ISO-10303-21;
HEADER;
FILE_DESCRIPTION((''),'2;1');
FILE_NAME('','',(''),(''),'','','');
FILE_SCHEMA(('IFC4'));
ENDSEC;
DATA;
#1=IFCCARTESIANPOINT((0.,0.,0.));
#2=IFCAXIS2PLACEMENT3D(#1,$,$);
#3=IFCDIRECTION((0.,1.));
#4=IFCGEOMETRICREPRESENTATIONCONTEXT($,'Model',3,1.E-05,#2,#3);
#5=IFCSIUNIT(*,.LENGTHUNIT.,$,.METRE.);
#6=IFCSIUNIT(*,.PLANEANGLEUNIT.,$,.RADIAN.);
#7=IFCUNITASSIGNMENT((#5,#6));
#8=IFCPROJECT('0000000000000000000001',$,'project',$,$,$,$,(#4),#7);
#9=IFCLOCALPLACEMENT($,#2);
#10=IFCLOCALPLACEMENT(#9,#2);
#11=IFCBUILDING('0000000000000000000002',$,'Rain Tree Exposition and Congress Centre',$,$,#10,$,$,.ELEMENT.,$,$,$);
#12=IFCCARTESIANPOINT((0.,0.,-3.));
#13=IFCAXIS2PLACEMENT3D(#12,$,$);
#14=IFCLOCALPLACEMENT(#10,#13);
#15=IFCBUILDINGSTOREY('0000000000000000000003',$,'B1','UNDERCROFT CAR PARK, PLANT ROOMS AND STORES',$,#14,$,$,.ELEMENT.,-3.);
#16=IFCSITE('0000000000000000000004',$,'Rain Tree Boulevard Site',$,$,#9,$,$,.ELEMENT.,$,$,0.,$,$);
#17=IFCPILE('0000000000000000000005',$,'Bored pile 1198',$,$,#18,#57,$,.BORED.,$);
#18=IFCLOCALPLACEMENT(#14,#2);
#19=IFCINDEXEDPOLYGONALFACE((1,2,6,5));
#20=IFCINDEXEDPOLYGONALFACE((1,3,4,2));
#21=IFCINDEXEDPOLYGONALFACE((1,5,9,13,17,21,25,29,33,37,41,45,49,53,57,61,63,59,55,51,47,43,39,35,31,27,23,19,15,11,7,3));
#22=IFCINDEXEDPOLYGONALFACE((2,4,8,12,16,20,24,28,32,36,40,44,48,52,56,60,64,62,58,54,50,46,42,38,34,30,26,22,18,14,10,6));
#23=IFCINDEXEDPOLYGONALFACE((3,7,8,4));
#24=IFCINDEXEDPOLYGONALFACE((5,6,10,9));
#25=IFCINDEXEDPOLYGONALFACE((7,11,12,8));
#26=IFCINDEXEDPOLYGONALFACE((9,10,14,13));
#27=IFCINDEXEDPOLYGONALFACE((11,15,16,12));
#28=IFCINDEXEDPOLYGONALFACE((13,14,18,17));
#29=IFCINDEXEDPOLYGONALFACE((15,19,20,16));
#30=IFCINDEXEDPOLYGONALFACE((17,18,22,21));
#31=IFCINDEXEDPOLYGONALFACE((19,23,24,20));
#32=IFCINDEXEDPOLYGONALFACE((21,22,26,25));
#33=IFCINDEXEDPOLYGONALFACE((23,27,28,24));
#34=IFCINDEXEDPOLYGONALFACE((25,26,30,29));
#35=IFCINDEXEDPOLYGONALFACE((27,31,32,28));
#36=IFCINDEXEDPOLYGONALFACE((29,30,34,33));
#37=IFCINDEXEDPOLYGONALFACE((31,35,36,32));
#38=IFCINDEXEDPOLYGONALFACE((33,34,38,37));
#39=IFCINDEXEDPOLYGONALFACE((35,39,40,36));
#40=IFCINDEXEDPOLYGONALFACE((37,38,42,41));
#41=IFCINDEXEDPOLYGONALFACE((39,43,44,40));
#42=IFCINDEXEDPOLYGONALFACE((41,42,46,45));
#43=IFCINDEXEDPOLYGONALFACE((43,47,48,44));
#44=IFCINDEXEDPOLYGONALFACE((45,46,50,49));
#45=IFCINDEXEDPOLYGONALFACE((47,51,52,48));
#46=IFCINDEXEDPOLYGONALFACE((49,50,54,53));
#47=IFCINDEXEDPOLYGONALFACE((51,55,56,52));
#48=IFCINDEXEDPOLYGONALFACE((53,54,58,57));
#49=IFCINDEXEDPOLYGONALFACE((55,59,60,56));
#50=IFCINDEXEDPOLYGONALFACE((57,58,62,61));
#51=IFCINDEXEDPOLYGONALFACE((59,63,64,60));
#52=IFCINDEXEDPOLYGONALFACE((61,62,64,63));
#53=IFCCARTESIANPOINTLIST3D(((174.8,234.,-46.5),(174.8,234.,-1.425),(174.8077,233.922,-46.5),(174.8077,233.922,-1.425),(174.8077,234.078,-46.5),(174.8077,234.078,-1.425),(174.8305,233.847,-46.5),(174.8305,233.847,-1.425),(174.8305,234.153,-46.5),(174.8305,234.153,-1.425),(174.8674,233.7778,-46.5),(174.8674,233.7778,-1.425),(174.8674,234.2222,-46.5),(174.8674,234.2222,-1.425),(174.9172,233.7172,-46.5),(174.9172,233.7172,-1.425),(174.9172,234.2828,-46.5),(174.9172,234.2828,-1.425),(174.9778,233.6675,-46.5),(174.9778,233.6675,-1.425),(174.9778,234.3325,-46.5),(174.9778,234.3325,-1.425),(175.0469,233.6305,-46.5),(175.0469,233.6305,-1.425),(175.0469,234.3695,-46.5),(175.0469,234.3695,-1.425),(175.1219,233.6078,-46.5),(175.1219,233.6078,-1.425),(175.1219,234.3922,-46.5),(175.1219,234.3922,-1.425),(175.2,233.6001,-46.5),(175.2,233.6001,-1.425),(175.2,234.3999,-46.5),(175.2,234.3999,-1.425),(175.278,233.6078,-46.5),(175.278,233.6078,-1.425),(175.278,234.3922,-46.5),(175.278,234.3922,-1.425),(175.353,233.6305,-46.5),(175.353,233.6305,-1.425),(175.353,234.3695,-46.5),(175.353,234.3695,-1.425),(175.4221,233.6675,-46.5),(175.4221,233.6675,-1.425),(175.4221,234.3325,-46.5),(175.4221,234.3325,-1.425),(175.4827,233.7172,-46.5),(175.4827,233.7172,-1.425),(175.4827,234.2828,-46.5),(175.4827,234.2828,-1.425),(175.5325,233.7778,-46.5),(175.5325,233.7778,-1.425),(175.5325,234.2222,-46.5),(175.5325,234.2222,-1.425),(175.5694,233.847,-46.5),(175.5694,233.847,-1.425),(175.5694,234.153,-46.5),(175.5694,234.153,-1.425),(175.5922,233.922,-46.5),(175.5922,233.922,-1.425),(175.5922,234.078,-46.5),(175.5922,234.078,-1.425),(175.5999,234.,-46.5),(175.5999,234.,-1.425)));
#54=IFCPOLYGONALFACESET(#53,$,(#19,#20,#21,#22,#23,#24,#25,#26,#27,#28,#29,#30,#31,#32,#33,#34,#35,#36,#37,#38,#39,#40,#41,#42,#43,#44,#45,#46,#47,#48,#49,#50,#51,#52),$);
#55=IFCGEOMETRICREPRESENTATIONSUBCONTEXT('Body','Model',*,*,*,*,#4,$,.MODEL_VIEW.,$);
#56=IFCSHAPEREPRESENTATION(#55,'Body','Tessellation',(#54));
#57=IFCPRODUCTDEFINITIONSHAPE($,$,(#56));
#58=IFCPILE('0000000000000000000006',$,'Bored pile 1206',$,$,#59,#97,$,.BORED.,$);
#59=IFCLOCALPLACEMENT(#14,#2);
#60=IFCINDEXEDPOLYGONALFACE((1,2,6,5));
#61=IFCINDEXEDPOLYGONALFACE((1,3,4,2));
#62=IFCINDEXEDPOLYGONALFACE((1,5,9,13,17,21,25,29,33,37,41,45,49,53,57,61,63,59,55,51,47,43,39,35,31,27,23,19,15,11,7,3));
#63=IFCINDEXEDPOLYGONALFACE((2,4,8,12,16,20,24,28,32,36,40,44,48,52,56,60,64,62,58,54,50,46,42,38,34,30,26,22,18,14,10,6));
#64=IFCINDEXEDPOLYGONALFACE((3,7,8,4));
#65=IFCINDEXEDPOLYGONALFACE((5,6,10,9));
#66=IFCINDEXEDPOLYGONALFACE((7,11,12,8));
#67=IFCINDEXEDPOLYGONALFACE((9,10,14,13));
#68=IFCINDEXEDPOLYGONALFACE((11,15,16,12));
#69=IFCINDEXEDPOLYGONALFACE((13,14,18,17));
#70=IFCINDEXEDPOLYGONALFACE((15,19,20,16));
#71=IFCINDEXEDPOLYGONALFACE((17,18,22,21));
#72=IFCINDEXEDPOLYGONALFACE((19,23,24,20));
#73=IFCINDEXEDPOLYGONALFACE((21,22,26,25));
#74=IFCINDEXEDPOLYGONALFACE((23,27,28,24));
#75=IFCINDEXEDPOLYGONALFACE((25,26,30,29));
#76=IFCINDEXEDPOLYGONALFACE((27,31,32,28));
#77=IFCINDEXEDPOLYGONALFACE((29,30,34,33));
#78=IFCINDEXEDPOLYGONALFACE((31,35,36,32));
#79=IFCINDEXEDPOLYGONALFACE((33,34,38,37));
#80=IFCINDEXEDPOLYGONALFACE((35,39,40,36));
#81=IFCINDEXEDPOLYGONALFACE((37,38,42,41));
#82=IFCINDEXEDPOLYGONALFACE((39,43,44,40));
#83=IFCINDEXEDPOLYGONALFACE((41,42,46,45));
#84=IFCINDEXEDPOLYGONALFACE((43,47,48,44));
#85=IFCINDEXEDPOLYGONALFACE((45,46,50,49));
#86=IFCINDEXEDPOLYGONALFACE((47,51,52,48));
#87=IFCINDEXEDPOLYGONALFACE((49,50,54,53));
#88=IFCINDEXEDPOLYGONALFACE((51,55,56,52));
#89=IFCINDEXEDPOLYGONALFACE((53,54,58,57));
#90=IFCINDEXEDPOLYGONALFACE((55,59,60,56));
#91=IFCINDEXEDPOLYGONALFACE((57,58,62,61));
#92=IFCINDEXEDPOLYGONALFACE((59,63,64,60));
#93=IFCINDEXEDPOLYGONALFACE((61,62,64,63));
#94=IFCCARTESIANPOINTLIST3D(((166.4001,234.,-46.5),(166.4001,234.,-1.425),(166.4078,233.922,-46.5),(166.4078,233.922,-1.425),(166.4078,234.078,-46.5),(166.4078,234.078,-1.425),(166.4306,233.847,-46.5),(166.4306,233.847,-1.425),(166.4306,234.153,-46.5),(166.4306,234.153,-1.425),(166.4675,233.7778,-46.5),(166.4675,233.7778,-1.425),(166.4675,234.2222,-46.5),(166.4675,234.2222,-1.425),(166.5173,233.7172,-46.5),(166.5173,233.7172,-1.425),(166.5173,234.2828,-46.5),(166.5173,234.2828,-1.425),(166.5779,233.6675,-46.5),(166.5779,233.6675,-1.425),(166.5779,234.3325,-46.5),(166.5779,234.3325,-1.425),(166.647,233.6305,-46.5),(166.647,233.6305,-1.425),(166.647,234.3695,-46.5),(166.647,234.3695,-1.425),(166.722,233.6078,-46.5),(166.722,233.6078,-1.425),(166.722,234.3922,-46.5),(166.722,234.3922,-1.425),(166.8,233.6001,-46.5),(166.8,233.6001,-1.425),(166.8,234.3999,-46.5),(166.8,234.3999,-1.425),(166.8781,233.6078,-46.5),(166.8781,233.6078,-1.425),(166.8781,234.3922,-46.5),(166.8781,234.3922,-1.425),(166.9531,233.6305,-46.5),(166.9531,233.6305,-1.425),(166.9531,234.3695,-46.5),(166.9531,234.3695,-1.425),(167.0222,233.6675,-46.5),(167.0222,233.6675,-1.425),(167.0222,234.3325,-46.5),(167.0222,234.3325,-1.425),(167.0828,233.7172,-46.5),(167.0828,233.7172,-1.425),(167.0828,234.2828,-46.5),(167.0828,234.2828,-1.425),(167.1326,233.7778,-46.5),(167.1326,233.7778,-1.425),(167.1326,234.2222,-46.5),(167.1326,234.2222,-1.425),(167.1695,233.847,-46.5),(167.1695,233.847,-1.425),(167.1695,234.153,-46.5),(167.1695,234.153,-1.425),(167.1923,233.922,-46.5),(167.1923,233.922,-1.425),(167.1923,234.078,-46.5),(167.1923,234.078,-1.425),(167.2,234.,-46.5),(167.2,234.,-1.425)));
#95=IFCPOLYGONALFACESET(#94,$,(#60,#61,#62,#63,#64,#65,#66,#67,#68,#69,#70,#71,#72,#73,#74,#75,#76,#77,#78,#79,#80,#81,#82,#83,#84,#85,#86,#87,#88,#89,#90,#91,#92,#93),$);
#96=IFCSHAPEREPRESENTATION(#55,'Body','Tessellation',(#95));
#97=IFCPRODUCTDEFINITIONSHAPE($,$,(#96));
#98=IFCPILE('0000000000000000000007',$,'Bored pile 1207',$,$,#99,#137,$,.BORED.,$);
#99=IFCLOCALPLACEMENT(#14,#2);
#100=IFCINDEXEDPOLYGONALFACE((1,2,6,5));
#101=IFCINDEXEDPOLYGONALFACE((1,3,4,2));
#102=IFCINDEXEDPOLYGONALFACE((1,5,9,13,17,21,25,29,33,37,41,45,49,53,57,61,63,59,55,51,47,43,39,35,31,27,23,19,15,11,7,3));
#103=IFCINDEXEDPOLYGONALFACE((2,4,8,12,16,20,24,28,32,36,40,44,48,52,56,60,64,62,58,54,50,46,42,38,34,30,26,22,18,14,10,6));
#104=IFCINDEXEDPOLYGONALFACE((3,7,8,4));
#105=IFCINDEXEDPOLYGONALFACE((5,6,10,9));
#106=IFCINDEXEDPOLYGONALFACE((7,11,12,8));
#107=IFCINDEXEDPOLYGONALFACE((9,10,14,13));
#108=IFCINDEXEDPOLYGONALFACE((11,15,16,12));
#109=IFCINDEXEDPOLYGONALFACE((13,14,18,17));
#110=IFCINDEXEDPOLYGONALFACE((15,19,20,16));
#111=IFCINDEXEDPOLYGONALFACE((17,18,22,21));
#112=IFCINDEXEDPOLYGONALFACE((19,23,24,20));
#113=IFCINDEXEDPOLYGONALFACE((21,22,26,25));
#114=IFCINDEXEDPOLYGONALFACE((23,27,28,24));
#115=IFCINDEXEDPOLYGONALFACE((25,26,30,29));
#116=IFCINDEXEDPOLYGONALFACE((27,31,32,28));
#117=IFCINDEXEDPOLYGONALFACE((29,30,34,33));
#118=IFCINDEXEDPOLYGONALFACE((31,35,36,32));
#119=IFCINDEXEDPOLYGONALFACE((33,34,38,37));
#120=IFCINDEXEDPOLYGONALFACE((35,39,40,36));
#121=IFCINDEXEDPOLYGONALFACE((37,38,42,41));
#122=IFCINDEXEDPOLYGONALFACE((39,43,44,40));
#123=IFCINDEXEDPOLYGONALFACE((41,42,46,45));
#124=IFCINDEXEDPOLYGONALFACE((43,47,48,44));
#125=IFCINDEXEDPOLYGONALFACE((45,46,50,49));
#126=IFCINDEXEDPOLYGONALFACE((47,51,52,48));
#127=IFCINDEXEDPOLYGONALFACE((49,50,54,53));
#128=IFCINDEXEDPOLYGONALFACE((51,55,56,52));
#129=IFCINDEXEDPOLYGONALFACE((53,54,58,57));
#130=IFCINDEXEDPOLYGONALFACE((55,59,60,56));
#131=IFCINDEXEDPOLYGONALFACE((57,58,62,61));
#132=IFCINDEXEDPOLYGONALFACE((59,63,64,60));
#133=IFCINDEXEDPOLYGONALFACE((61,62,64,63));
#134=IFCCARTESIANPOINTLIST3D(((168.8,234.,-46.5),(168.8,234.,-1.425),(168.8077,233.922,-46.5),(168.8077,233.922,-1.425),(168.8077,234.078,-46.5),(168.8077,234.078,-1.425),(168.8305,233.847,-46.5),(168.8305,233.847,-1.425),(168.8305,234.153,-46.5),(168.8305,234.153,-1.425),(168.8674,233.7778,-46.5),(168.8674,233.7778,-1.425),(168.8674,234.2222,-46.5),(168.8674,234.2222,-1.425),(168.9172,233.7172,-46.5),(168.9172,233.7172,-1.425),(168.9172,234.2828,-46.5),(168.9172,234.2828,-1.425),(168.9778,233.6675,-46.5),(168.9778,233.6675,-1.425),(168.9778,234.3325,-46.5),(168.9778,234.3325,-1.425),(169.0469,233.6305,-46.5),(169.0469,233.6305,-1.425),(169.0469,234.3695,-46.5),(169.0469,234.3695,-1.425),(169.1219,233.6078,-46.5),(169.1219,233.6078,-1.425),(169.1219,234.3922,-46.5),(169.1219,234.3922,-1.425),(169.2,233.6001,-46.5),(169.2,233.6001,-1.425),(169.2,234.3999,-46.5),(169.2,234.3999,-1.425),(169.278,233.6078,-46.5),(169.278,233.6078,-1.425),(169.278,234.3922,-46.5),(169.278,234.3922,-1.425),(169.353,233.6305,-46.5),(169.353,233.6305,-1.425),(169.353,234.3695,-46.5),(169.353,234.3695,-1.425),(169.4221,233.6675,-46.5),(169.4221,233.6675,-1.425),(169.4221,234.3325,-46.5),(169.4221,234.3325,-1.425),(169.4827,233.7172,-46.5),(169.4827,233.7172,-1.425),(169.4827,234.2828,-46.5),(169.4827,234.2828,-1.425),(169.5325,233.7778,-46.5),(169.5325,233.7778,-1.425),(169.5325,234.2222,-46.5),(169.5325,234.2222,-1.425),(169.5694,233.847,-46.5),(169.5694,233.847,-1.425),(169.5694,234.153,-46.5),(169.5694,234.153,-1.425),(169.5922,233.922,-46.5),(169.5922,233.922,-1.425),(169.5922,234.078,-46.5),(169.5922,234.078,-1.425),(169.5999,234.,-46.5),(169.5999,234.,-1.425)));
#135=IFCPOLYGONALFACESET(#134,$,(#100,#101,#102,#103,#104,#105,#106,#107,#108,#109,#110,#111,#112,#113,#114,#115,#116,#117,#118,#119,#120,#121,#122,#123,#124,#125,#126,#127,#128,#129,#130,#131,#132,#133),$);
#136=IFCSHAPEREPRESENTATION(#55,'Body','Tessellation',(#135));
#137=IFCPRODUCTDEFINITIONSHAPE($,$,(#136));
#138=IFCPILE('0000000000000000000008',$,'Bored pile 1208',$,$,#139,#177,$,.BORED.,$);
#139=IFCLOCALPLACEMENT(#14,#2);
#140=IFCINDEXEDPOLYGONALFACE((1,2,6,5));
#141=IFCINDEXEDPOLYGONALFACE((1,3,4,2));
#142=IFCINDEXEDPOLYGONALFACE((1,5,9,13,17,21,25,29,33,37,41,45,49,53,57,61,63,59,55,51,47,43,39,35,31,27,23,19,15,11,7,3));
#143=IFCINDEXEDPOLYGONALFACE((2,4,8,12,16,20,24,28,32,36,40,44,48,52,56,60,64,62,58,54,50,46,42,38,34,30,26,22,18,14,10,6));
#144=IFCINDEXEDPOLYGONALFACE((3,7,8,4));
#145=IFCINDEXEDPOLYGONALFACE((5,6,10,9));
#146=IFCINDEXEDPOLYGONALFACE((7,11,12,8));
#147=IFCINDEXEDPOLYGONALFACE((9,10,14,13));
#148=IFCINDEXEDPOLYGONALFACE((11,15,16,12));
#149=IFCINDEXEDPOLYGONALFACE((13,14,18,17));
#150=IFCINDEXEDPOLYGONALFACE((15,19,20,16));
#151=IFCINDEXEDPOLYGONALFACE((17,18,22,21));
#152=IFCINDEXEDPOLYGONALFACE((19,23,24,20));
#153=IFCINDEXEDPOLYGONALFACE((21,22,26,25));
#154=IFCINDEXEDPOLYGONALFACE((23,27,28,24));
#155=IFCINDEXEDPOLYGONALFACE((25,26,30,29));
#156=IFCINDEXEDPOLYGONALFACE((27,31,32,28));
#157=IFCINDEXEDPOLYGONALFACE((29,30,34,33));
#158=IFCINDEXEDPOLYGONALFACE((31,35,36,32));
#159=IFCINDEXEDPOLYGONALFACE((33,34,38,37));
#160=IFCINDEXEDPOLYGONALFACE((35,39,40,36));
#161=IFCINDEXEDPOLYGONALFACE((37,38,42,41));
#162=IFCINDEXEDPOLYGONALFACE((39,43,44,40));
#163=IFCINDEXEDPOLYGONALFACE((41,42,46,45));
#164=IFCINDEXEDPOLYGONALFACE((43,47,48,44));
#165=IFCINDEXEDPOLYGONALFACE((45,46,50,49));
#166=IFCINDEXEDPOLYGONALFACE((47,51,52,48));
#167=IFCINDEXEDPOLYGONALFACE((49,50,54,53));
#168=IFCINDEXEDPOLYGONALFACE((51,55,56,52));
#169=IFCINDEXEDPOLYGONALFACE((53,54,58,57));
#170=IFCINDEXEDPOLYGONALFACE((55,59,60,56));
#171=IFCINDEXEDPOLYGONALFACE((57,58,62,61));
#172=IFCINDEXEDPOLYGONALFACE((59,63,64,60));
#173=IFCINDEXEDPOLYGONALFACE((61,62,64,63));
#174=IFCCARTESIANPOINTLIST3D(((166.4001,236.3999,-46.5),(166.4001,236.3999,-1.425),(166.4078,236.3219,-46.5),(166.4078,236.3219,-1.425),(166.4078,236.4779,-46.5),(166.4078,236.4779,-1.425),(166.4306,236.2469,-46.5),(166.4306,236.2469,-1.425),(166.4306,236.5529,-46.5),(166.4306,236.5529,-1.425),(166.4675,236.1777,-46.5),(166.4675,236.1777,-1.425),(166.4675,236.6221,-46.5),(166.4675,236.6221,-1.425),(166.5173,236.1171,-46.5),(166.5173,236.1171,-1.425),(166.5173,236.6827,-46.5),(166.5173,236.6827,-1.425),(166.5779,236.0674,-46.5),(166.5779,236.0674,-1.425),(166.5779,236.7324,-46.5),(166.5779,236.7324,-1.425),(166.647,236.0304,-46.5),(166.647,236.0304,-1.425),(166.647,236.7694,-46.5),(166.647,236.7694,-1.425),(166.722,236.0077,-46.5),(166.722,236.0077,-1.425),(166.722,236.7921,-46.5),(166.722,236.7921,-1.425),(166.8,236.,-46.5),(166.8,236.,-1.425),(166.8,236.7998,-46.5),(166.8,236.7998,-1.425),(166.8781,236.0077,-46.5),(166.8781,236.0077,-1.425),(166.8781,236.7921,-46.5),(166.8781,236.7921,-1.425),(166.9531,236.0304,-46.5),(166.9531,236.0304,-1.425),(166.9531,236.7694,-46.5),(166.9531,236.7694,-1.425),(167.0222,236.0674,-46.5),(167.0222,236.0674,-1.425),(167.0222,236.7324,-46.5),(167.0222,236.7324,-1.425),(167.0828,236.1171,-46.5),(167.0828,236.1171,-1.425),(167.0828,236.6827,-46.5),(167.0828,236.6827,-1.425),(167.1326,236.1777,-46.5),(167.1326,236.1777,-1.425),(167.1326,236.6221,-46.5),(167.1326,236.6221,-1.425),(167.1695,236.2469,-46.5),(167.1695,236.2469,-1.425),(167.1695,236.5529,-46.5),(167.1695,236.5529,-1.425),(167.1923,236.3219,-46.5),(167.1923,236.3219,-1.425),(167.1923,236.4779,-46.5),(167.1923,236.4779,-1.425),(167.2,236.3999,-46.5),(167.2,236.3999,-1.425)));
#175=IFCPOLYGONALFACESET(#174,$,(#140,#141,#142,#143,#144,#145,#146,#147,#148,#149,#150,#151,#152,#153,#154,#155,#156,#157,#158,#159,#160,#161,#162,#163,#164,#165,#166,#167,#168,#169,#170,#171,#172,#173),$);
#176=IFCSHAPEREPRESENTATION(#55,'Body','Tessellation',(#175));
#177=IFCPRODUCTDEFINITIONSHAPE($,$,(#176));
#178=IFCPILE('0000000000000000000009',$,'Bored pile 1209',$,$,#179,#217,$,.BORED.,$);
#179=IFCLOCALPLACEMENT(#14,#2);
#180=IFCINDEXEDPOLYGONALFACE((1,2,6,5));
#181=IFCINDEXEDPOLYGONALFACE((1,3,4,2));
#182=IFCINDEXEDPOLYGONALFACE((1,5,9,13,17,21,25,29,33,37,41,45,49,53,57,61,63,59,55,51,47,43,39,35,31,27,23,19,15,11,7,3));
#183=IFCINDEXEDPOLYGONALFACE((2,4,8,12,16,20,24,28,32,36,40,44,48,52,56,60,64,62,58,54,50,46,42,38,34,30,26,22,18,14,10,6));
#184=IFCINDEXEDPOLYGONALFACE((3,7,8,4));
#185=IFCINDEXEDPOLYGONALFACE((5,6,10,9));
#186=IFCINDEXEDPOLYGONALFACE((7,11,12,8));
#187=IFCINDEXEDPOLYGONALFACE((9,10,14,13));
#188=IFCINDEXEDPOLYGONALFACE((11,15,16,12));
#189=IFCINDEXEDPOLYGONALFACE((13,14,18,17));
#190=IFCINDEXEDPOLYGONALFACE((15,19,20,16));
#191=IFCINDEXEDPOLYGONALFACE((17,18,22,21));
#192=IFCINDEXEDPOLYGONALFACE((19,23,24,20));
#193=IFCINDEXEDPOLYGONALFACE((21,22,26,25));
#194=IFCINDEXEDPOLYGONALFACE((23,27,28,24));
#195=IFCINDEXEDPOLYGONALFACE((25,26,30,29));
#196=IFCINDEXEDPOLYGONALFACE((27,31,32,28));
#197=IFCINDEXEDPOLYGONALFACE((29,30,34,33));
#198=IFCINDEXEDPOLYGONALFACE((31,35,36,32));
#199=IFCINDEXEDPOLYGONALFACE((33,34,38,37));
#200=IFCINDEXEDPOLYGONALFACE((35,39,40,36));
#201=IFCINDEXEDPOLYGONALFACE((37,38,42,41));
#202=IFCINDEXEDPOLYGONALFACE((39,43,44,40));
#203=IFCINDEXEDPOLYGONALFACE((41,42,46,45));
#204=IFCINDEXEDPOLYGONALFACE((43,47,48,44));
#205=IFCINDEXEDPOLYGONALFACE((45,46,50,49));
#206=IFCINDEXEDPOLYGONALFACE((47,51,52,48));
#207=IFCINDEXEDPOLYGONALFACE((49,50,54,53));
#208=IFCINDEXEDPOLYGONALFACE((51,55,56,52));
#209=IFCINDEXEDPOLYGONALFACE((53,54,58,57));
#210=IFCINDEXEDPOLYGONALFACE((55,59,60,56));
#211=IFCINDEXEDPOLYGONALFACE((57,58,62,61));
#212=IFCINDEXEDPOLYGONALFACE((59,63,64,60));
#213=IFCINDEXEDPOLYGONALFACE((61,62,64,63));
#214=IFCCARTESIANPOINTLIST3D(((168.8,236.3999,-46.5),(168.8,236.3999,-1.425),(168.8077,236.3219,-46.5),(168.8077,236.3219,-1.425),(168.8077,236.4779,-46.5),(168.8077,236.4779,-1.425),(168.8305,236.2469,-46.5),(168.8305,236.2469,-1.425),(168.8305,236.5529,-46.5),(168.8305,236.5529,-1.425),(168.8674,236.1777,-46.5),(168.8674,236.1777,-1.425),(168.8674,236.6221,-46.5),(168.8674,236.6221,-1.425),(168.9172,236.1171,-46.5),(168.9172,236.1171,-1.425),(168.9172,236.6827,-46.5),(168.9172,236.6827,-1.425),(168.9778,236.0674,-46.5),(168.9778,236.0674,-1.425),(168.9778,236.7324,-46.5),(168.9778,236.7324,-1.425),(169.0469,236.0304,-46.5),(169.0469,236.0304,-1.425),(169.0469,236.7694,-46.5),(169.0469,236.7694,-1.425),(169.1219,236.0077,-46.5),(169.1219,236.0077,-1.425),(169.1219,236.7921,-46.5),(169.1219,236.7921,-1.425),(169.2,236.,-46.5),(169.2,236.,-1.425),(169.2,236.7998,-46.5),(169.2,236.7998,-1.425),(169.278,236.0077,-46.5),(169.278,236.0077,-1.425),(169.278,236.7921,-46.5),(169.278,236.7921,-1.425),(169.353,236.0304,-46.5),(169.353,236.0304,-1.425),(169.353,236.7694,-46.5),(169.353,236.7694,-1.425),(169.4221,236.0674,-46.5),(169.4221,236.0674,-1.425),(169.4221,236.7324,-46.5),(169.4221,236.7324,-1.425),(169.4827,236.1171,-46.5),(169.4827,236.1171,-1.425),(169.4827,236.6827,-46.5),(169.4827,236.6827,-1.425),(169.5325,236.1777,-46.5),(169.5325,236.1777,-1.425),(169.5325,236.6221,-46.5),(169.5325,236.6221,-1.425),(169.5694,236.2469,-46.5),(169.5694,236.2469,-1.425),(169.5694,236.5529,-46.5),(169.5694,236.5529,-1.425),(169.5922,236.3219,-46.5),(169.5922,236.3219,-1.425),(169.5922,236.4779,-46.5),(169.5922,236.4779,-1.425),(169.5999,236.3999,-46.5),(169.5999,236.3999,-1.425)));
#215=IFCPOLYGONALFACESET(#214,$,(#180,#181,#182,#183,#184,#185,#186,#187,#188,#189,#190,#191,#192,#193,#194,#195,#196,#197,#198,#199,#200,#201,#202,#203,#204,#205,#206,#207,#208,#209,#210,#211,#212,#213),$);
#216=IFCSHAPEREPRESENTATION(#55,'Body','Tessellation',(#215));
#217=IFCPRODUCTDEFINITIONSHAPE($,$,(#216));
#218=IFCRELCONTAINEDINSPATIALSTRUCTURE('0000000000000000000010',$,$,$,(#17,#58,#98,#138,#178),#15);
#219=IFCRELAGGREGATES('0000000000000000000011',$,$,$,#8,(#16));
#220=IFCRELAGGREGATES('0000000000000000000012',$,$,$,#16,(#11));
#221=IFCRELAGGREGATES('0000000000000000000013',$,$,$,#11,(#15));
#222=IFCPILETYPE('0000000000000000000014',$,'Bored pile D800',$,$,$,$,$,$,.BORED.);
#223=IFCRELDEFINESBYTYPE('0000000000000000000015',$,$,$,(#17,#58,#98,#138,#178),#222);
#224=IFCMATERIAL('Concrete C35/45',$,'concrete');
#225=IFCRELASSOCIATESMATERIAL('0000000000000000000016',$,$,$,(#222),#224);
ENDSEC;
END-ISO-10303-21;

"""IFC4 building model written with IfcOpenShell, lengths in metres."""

from ifc_helpers import new_model, si_unit, direction, frame, origin, origin_2d, place, context, subcontext, project, spatial, circle, extrude, material, material_profile, profile_set, type_object, element, save


model = new_model("IFC4")

# Units and contexts
model_context = context("Model", 3, precision=1e-05, world=origin(), true_north=direction((0.0, 1.0)))
body_context = subcontext(model_context, "Body", "Model", "MODEL_VIEW")
ifc_project = project(units=[si_unit("LENGTHUNIT", "METRE"), si_unit("PLANEANGLEUNIT", "RADIAN")], contexts=[model_context])

# Site, building, storey
site_placement = place(None, origin())
site = spatial("IfcSite", under=ifc_project, at=site_placement, Name="Rain Tree Boulevard Site", CompositionType="ELEMENT", RefElevation=0.0)
building_placement = place(site_placement, origin())
building = spatial("IfcBuilding", under=site, at=building_placement, Name="Rain Tree Exposition and Congress Centre", CompositionType="ELEMENT")
storey_placement = place(building_placement, frame((0.0, 0.0, -3.0)))
storey = spatial("IfcBuildingStorey", under=building, at=storey_placement, Name="B1", Description="UNDERCROFT CAR PARK, PLANT ROOMS AND STORES", CompositionType="ELEMENT", Elevation=-3.0)

# Piles
ifc_material_1 = material(Name="Concrete C35/45", Category="concrete")
ifc_material_profile_1 = material_profile(ifc_material_1, circle(Radius=0.3999, at=origin_2d()), Name="D800")
ifc_profile_set_1 = profile_set([ifc_material_profile_1], Name="Concrete C35/45")
pile_type = type_object("IfcPileType", Name="Bored pile D800", PredefinedType="BORED", material=ifc_profile_set_1)
for number, where, z_axis, x_axis, name in (
    (1, (175.2, 234.0, -1.425), (0.0, 0.0, -1.0), (1.0, 0.0, 0.0), "Bored pile 1198"),
    (2, (166.8, 234.0, -1.425), (0.0, 0.0, -1.0), (1.0, 0.0, 0.0), "Bored pile 1206"),
    (3, (169.2, 234.0, -1.425), (0.0, 0.0, -1.0), (1.0, 0.0, 0.0), "Bored pile 1207"),
    (4, (166.8, 236.3999, -1.425), (0.0, 0.0, -1.0), (1.0, 0.0, 0.0), "Bored pile 1208"),
    (5, (169.2, 236.3999, -1.425), (0.0, 0.0, -1.0), (1.0, 0.0, 0.0), "Bored pile 1209"),
):
    element("IfcPile", number, at=place(storey_placement, frame(where, z_axis=z_axis, x_axis=x_axis)), inside=storey, type_object=pile_type, Name=name, PredefinedType="BORED", context=body_context, shape_type="SweptSolid", body=[
        extrude(circle(Radius=0.3999, at=origin_2d()), origin(), (0.0, 0.0, 1.0), 45.075),
    ])

save(model, "model.ifc")
